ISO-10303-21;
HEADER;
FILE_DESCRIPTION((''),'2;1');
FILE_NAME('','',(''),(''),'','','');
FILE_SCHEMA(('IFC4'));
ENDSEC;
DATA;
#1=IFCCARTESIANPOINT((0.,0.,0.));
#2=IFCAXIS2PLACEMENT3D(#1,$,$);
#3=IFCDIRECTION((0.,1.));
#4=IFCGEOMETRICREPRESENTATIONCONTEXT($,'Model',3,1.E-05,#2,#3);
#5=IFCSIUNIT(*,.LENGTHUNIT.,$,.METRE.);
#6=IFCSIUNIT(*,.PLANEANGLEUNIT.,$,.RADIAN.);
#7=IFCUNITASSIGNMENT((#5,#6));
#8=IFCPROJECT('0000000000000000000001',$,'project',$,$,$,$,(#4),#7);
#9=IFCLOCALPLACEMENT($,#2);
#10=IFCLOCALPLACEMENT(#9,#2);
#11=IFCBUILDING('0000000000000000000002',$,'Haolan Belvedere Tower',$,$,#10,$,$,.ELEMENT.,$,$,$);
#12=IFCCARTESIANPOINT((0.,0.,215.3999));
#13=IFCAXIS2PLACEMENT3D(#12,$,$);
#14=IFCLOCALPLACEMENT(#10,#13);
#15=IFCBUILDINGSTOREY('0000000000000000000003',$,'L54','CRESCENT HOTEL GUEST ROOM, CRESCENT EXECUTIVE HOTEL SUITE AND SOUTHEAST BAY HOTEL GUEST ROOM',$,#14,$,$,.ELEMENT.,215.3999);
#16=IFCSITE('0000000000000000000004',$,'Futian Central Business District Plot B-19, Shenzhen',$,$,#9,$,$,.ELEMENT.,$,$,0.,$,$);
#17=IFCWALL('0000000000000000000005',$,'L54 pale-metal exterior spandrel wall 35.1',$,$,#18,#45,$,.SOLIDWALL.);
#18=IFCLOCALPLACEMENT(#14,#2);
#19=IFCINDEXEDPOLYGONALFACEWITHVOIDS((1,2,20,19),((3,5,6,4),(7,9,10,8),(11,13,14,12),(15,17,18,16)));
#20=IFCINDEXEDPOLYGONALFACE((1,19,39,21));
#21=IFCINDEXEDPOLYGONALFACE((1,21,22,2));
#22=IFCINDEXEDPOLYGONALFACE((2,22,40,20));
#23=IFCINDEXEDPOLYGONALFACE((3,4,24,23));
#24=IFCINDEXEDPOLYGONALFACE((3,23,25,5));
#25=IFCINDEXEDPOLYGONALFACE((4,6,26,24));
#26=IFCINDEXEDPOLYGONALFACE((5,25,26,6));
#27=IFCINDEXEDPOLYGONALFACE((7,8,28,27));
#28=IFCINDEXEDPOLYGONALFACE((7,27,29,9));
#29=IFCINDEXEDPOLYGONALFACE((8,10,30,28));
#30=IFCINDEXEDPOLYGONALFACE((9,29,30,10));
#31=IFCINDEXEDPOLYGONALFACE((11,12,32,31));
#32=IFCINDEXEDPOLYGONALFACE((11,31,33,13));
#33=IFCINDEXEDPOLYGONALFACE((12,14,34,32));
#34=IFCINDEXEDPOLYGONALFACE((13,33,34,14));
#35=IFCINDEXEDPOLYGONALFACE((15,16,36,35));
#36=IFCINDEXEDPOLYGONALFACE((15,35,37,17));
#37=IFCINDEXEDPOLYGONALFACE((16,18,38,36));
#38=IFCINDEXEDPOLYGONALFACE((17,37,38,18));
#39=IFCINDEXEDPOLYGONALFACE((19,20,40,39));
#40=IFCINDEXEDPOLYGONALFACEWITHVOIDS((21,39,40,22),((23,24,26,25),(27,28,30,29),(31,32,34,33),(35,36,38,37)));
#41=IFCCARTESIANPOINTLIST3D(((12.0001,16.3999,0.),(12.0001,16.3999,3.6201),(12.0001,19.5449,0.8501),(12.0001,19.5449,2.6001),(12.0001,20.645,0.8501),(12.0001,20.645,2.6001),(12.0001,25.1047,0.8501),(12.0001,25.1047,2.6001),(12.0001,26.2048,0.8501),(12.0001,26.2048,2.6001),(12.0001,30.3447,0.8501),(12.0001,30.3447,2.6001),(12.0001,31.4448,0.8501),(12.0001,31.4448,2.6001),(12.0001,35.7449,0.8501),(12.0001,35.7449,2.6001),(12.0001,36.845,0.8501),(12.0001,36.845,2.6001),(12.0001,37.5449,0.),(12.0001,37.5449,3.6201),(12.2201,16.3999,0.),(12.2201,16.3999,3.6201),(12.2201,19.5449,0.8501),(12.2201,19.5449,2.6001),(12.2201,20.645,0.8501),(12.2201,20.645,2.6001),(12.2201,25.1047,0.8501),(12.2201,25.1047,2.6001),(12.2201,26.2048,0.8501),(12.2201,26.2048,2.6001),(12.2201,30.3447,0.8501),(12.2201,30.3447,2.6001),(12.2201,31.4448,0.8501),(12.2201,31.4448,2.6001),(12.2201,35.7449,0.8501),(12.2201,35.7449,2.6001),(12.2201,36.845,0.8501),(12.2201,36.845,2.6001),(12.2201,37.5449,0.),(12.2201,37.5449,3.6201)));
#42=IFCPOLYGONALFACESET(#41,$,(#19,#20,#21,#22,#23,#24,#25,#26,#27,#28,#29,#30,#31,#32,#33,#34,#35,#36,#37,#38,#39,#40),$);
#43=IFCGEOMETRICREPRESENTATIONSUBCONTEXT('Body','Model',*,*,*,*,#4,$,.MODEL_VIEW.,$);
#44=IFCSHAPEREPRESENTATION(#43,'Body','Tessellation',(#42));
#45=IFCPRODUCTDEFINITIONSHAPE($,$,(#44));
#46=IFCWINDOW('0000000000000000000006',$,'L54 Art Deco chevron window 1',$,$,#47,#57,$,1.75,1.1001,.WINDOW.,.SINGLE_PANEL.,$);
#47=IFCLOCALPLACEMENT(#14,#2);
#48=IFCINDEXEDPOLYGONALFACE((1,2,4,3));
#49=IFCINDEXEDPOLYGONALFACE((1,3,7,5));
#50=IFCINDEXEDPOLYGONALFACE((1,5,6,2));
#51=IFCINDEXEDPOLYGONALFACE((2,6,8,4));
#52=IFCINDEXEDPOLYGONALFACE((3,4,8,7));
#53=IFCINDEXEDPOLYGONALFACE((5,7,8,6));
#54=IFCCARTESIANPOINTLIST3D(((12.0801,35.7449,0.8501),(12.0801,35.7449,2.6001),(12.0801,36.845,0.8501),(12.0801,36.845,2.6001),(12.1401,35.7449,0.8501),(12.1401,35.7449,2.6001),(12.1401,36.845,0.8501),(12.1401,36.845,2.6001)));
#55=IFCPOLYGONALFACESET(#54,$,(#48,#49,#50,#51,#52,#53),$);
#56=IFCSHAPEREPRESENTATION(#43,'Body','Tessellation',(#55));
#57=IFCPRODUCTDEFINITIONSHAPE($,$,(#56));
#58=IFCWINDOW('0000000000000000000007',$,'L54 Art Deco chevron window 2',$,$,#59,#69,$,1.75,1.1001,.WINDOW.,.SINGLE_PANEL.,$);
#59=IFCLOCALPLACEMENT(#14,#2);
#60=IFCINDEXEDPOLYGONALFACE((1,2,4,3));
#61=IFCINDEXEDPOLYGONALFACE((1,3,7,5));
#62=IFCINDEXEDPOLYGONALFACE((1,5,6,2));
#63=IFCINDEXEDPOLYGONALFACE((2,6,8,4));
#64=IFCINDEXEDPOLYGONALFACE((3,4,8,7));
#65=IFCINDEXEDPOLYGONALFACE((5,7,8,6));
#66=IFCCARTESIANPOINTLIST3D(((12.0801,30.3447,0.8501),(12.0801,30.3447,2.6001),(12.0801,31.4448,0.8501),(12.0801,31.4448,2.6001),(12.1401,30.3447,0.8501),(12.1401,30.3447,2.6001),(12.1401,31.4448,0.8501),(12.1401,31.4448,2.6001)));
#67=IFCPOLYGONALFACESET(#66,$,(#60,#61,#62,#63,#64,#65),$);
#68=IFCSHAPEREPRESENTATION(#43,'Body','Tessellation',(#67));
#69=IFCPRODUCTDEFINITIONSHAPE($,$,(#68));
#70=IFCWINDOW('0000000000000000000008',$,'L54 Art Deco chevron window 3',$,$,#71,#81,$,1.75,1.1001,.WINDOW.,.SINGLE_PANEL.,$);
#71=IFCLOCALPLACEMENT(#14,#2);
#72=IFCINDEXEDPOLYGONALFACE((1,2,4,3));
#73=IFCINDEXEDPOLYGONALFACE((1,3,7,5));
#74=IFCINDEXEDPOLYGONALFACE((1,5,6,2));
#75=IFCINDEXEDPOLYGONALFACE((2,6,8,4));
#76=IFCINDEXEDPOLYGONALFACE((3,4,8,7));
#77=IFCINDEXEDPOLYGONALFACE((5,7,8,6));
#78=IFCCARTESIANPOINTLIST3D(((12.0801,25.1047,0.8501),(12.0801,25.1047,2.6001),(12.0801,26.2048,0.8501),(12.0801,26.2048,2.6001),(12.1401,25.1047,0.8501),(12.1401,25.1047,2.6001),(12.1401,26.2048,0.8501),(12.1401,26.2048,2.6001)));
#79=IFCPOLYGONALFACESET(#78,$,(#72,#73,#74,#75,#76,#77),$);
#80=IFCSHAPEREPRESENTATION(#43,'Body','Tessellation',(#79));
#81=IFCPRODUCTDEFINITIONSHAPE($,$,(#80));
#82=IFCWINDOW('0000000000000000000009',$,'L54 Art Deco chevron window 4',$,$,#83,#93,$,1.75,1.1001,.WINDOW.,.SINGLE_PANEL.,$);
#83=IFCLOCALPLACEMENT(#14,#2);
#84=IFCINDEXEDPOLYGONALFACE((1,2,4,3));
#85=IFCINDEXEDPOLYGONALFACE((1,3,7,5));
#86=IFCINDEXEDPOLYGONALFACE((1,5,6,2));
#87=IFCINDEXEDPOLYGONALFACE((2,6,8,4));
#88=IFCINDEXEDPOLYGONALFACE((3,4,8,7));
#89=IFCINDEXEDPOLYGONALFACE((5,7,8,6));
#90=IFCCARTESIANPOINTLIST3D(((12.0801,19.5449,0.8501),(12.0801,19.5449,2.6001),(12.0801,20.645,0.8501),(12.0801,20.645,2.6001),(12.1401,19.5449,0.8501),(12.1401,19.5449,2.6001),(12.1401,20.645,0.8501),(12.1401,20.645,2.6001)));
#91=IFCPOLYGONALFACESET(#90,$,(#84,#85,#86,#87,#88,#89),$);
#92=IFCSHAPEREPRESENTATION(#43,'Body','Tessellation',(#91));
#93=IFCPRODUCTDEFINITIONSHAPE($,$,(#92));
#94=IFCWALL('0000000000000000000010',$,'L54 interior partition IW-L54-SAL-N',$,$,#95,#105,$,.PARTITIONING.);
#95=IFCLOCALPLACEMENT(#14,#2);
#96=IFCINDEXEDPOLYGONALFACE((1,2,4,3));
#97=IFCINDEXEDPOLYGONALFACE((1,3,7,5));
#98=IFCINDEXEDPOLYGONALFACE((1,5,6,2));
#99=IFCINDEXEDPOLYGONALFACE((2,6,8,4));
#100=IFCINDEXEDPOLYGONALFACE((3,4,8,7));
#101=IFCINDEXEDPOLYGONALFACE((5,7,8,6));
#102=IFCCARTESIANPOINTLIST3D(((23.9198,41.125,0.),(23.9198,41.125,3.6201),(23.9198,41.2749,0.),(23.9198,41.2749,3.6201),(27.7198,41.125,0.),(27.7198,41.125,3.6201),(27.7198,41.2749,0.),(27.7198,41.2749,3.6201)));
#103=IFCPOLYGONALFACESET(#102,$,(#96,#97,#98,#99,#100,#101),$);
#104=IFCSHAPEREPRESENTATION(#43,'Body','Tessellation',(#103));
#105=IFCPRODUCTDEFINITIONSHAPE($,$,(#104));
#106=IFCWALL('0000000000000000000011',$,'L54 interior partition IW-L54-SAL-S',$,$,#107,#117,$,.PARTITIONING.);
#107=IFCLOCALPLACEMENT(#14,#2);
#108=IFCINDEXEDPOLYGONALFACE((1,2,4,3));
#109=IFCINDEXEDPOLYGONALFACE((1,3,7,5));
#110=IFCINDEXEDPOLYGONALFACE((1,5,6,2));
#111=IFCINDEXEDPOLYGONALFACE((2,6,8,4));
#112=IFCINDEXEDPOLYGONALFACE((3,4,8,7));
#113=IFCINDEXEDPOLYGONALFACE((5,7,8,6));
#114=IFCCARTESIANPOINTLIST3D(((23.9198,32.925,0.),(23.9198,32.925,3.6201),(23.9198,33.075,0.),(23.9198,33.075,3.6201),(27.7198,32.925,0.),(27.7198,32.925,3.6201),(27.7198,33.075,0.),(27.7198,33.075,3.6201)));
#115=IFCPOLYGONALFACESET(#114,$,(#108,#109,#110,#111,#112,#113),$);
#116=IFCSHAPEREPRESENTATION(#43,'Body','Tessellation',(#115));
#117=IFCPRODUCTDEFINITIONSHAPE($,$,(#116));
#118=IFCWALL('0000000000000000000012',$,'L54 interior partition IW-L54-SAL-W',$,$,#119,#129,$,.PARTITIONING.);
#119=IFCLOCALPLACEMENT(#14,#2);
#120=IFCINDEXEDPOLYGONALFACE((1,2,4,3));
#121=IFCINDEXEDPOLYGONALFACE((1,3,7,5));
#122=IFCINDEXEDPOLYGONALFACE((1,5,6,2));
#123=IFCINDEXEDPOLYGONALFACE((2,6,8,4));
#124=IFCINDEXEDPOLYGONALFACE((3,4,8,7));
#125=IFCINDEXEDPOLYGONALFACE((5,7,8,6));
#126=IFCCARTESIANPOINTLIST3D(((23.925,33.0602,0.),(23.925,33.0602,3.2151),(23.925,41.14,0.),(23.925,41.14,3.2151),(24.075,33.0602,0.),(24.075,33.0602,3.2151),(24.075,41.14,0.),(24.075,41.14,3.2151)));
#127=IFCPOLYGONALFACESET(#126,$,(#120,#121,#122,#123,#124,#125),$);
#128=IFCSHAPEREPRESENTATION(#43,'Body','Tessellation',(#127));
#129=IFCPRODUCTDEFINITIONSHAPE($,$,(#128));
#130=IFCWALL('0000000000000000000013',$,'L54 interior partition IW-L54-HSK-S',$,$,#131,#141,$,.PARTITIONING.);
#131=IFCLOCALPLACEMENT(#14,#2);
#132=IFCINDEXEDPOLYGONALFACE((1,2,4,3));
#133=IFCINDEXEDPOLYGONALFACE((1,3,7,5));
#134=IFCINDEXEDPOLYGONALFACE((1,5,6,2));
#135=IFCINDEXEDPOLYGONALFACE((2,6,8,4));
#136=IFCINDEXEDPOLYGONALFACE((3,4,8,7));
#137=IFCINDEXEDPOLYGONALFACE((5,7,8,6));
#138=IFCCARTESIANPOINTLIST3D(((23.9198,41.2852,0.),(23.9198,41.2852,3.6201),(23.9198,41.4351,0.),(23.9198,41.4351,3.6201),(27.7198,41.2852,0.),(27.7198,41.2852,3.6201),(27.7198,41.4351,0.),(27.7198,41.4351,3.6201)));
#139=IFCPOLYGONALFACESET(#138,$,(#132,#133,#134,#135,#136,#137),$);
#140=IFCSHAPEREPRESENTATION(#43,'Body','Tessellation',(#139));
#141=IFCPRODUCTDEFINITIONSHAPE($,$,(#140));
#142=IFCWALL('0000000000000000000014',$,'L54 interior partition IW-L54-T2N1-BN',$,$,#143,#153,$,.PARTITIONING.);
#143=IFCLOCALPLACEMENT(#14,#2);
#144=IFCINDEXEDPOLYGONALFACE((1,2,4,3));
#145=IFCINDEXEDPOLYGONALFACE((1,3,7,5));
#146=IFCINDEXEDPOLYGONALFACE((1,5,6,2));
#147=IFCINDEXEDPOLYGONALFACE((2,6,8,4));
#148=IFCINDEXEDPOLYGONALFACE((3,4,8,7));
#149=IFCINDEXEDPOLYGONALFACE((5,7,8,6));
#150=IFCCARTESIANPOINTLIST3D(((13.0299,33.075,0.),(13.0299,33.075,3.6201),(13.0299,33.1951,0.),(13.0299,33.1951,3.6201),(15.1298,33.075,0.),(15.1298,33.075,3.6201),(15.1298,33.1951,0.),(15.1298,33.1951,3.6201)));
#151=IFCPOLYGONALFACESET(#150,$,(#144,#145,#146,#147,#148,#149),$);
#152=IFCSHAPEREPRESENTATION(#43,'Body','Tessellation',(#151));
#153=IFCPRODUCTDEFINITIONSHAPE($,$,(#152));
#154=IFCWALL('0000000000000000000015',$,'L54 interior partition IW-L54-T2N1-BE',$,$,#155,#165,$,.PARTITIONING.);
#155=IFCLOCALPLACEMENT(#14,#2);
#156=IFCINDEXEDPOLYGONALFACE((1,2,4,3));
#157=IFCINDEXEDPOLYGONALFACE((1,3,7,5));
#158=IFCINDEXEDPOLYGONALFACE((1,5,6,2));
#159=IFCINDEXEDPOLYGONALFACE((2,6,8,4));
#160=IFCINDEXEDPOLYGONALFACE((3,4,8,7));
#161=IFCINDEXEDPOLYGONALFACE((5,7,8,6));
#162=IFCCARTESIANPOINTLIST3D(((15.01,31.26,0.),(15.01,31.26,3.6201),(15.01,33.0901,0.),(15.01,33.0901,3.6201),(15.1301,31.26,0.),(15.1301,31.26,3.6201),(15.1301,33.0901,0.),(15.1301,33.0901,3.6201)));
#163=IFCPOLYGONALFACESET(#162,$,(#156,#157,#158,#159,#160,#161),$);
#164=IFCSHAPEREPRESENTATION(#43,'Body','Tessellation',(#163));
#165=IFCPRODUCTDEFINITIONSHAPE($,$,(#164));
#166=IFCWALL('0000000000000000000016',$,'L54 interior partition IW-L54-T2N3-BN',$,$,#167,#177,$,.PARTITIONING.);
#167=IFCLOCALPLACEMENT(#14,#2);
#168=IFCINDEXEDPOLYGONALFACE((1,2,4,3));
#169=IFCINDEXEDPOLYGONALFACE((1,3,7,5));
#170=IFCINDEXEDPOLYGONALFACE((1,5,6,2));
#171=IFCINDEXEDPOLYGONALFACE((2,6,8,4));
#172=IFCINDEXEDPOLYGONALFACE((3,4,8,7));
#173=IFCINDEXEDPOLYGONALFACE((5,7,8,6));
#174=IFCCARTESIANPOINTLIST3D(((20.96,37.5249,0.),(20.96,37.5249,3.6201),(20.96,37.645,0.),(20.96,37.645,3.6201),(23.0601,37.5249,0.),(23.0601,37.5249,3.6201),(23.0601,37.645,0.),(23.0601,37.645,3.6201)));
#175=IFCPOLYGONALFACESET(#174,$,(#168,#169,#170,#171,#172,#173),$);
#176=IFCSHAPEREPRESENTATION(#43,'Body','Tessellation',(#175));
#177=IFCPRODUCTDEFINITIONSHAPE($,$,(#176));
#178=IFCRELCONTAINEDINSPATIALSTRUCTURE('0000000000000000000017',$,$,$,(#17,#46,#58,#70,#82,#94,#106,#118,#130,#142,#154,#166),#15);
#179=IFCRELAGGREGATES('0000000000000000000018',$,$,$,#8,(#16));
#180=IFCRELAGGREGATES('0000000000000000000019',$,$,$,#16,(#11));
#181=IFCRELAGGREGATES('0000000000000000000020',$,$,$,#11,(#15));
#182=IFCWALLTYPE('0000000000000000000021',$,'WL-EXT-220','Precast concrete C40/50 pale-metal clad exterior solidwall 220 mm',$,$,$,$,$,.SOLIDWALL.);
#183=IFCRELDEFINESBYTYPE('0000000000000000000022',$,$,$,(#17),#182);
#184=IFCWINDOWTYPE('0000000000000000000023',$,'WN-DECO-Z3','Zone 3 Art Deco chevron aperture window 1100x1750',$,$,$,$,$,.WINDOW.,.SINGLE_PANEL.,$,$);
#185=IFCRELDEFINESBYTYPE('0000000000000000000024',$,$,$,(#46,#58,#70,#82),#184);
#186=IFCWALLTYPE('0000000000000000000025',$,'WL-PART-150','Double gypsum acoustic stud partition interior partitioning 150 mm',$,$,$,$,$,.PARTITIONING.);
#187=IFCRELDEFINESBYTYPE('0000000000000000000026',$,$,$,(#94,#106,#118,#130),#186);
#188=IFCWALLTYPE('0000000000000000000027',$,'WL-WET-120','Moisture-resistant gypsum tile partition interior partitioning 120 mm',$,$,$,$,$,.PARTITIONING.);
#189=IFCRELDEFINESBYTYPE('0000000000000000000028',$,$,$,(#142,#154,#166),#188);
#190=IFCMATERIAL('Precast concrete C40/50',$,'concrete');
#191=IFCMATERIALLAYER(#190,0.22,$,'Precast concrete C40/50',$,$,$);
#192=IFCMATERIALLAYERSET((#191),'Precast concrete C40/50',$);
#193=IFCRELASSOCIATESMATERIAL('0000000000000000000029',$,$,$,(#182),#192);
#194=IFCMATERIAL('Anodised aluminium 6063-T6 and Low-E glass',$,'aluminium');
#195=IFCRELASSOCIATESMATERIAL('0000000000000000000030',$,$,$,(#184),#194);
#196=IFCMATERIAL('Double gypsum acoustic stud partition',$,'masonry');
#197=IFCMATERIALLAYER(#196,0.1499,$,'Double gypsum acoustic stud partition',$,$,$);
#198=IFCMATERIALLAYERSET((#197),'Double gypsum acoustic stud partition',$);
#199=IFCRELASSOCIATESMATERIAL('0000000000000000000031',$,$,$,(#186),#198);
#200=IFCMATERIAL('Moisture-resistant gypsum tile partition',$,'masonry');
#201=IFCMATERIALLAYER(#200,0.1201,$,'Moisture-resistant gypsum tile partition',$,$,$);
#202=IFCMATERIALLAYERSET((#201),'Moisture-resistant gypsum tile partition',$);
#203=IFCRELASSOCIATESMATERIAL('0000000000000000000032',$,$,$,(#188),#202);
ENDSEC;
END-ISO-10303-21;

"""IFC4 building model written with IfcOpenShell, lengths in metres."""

from ifc_helpers import new_model, si_unit, direction, frame, frame_2d, origin, place, context, subcontext, project, spatial, rectangle, extrude, material, layer, layer_set, type_object, element, fill, save


model = new_model("IFC4")

# Units and contexts
model_context = context("Model", 3, precision=1e-05, world=origin(), true_north=direction((0.0, 1.0)))
body_context = subcontext(model_context, "Body", "Model", "MODEL_VIEW")
ifc_project = project(units=[si_unit("LENGTHUNIT", "METRE"), si_unit("PLANEANGLEUNIT", "RADIAN")], contexts=[model_context])

# Site, building, storey
site_placement = place(None, origin())
site = spatial("IfcSite", under=ifc_project, at=site_placement, Name="Futian Central Business District Plot B-19, Shenzhen", CompositionType="ELEMENT", RefElevation=0.0)
building_placement = place(site_placement, origin())
building = spatial("IfcBuilding", under=site, at=building_placement, Name="Haolan Belvedere Tower", CompositionType="ELEMENT")
storey_placement = place(building_placement, frame((0.0, 0.0, 215.3999)))
storey = spatial("IfcBuildingStorey", under=building, at=storey_placement, Name="L54", Description="CRESCENT HOTEL GUEST ROOM, CRESCENT EXECUTIVE HOTEL SUITE AND SOUTHEAST BAY HOTEL GUEST ROOM", CompositionType="ELEMENT", Elevation=215.3999)

# Shared definitions
ifc_material_1 = material(Name="Precast concrete C40/50", Category="concrete")
ifc_layer_1 = layer(ifc_material_1, 0.22, Name="Precast concrete C40/50")
ifc_layer_set_1 = layer_set([ifc_layer_1], Name="Precast concrete C40/50")
wall_type_1 = type_object("IfcWallType", Name="WL-EXT-220", Description="Precast concrete C40/50 pale-metal clad exterior solidwall 220 mm", PredefinedType="SOLIDWALL", material=ifc_layer_set_1)

# Shared definitions
ifc_material_2 = material(Name="Anodised aluminium 6063-T6 and Low-E glass", Category="aluminium")
window_type = type_object("IfcWindowType", Name="WN-DECO-Z3", Description="Zone 3 Art Deco chevron aperture window 1100x1750", PartitioningType="SINGLE_PANEL", PredefinedType="WINDOW", material=ifc_material_2)

# Wall, openings, windows
wall_1_placement = place(storey_placement, frame((12.1101, 37.5449, 0.0), z_axis=(0.0, 0.0, 1.0), x_axis=(0.0, -1.0, 0.0)))
wall_1 = element("IfcWall", 1, at=wall_1_placement, inside=storey, type_object=wall_type_1, Name="L54 pale-metal exterior spandrel wall 35.1", PredefinedType="SOLIDWALL", context=body_context, shape_type="SweptSolid", body=[
    extrude(rectangle(XDim=21.145, YDim=0.22, at=frame_2d((10.5725, 0.0))), origin(), (0.0, 0.0, 1.0), 3.6201),
])
opening_1_placement = place(wall_1_placement, frame((0.7, 0.0, 0.8501)))
opening_1 = element("IfcOpeningElement", 2, at=opening_1_placement, cuts=wall_1, PredefinedType="OPENING", context=body_context, shape_type="SweptSolid", body=[
    extrude(rectangle(XDim=1.1001, YDim=1.75, at=frame_2d((0.55, 0.875))), frame((0.0, 0.1199, 0.0), z_axis=(0.0, -1.0, 0.0), x_axis=(1.0, 0.0, 0.0)), (0.0, 0.0, 1.0), 0.24),
])
opening_2_placement = place(wall_1_placement, frame((6.1001, 0.0, 0.8501)))
opening_2 = element("IfcOpeningElement", 3, at=opening_2_placement, cuts=wall_1, PredefinedType="OPENING", context=body_context, shape_type="SweptSolid", body=[
    extrude(rectangle(XDim=1.1001, YDim=1.75, at=frame_2d((0.55, 0.875))), frame((0.0, 0.1199, 0.0), z_axis=(0.0, -1.0, 0.0), x_axis=(1.0, 0.0, 0.0)), (0.0, 0.0, 1.0), 0.24),
])
opening_3_placement = place(wall_1_placement, frame((11.3401, 0.0, 0.8501)))
opening_3 = element("IfcOpeningElement", 4, at=opening_3_placement, cuts=wall_1, PredefinedType="OPENING", context=body_context, shape_type="SweptSolid", body=[
    extrude(rectangle(XDim=1.1001, YDim=1.75, at=frame_2d((0.55, 0.875))), frame((0.0, 0.1199, 0.0), z_axis=(0.0, -1.0, 0.0), x_axis=(1.0, 0.0, 0.0)), (0.0, 0.0, 1.0), 0.24),
])
opening_4_placement = place(wall_1_placement, frame((16.8999, 0.0, 0.8501)))
opening_4 = element("IfcOpeningElement", 5, at=opening_4_placement, cuts=wall_1, PredefinedType="OPENING", context=body_context, shape_type="SweptSolid", body=[
    extrude(rectangle(XDim=1.1001, YDim=1.75, at=frame_2d((0.55, 0.875))), frame((0.0, 0.1199, 0.0), z_axis=(0.0, -1.0, 0.0), x_axis=(1.0, 0.0, 0.0)), (0.0, 0.0, 1.0), 0.24),
])
window_1_placement = place(opening_1_placement, origin())
window_1 = element("IfcWindow", 6, at=window_1_placement, inside=storey, type_object=window_type, Name="L54 Art Deco chevron window 1", OverallHeight=1.75, OverallWidth=1.1001, PartitioningType="SINGLE_PANEL", PredefinedType="WINDOW", context=body_context, shape_type="SweptSolid", body=[
    extrude(rectangle(XDim=1.1001, YDim=1.75, at=frame_2d((0.55, 0.875))), frame((0.0, 0.03, 0.0), z_axis=(0.0, -1.0, 0.0), x_axis=(1.0, 0.0, 0.0)), (0.0, 0.0, 1.0), 0.0601),
])
fill(opening_1, window_1)
window_2_placement = place(opening_2_placement, origin())
window_2 = element("IfcWindow", 7, at=window_2_placement, inside=storey, type_object=window_type, Name="L54 Art Deco chevron window 2", OverallHeight=1.75, OverallWidth=1.1001, PartitioningType="SINGLE_PANEL", PredefinedType="WINDOW", context=body_context, shape_type="SweptSolid", body=[
    extrude(rectangle(XDim=1.1001, YDim=1.75, at=frame_2d((0.55, 0.875))), frame((0.0, 0.03, 0.0), z_axis=(0.0, -1.0, 0.0), x_axis=(1.0, 0.0, 0.0)), (0.0, 0.0, 1.0), 0.0601),
])
fill(opening_2, window_2)
window_3_placement = place(opening_3_placement, origin())
window_3 = element("IfcWindow", 8, at=window_3_placement, inside=storey, type_object=window_type, Name="L54 Art Deco chevron window 3", OverallHeight=1.75, OverallWidth=1.1001, PartitioningType="SINGLE_PANEL", PredefinedType="WINDOW", context=body_context, shape_type="SweptSolid", body=[
    extrude(rectangle(XDim=1.1001, YDim=1.75, at=frame_2d((0.55, 0.875))), frame((0.0, 0.03, 0.0), z_axis=(0.0, -1.0, 0.0), x_axis=(1.0, 0.0, 0.0)), (0.0, 0.0, 1.0), 0.0601),
])
fill(opening_3, window_3)
window_4_placement = place(opening_4_placement, origin())
window_4 = element("IfcWindow", 9, at=window_4_placement, inside=storey, type_object=window_type, Name="L54 Art Deco chevron window 4", OverallHeight=1.75, OverallWidth=1.1001, PartitioningType="SINGLE_PANEL", PredefinedType="WINDOW", context=body_context, shape_type="SweptSolid", body=[
    extrude(rectangle(XDim=1.1001, YDim=1.75, at=frame_2d((0.55, 0.875))), frame((0.0, 0.03, 0.0), z_axis=(0.0, -1.0, 0.0), x_axis=(1.0, 0.0, 0.0)), (0.0, 0.0, 1.0), 0.0601),
])
fill(opening_4, window_4)

# Walls
ifc_material_3 = material(Name="Double gypsum acoustic stud partition", Category="masonry")
ifc_layer_2 = layer(ifc_material_3, 0.1499, Name="Double gypsum acoustic stud partition")
ifc_layer_set_2 = layer_set([ifc_layer_2], Name="Double gypsum acoustic stud partition")
wall_type_2 = type_object("IfcWallType", Name="WL-PART-150", Description="Double gypsum acoustic stud partition interior partitioning 150 mm", PredefinedType="PARTITIONING", material=ifc_layer_set_2)
for number, where, z_axis, x_axis, name in (
    (10, (23.9199, 41.2, 0.0), (0.0, 0.0, 1.0), (1.0, 0.0, 0.0), "L54 interior partition IW-L54-SAL-N"),
    (11, (23.9199, 33.0, 0.0), (0.0, 0.0, 1.0), (1.0, 0.0, 0.0), "L54 interior partition IW-L54-SAL-S"),
):
    element("IfcWall", number, at=place(storey_placement, frame(where, z_axis=z_axis, x_axis=x_axis)), inside=storey, type_object=wall_type_2, Name=name, PredefinedType="PARTITIONING", context=body_context, shape_type="SweptSolid", body=[
        extrude(rectangle(XDim=3.8, YDim=0.1499, at=frame_2d((1.8999, 0.0))), origin(), (0.0, 0.0, 1.0), 3.6201),
    ])
wall_2_placement = place(storey_placement, frame((24.0, 33.0601, 0.0), z_axis=(0.0, 0.0, 1.0), x_axis=(0.0, 1.0, 0.0)))
element("IfcWall", 12, at=wall_2_placement, inside=storey, type_object=wall_type_2, Name="L54 interior partition IW-L54-SAL-W", PredefinedType="PARTITIONING", context=body_context, shape_type="SweptSolid", body=[
    extrude(rectangle(XDim=8.0798, YDim=0.1499, at=frame_2d((4.04, 0.0))), origin(), (0.0, 0.0, 1.0), 3.2151),
])
wall_3_placement = place(storey_placement, frame((23.9199, 41.3601, 0.0), z_axis=(0.0, 0.0, 1.0), x_axis=(1.0, 0.0, 0.0)))
element("IfcWall", 13, at=wall_3_placement, inside=storey, type_object=wall_type_2, Name="L54 interior partition IW-L54-HSK-S", PredefinedType="PARTITIONING", context=body_context, shape_type="SweptSolid", body=[
    extrude(rectangle(XDim=3.8, YDim=0.1499, at=frame_2d((1.8999, 0.0))), origin(), (0.0, 0.0, 1.0), 3.6201),
])
ifc_material_4 = material(Name="Moisture-resistant gypsum tile partition", Category="masonry")
ifc_layer_3 = layer(ifc_material_4, 0.1201, Name="Moisture-resistant gypsum tile partition")
ifc_layer_set_3 = layer_set([ifc_layer_3], Name="Moisture-resistant gypsum tile partition")
wall_type_3 = type_object("IfcWallType", Name="WL-WET-120", Description="Moisture-resistant gypsum tile partition interior partitioning 120 mm", PredefinedType="PARTITIONING", material=ifc_layer_set_3)
wall_4_placement = place(storey_placement, frame((13.03, 33.135, 0.0), z_axis=(0.0, 0.0, 1.0), x_axis=(1.0, 0.0, 0.0)))
element("IfcWall", 14, at=wall_4_placement, inside=storey, type_object=wall_type_3, Name="L54 interior partition IW-L54-T2N1-BN", PredefinedType="PARTITIONING", context=body_context, shape_type="SweptSolid", body=[
    extrude(rectangle(XDim=2.0999, YDim=0.1201, at=frame_2d((1.0498, 0.0))), origin(), (0.0, 0.0, 1.0), 3.6201),
])
wall_5_placement = place(storey_placement, frame((15.0701, 31.26, 0.0), z_axis=(0.0, 0.0, 1.0), x_axis=(0.0, 1.0, 0.0)))
element("IfcWall", 15, at=wall_5_placement, inside=storey, type_object=wall_type_3, Name="L54 interior partition IW-L54-T2N1-BE", PredefinedType="PARTITIONING", context=body_context, shape_type="SweptSolid", body=[
    extrude(rectangle(XDim=1.8301, YDim=0.1201, at=frame_2d((0.915, 0.0))), origin(), (0.0, 0.0, 1.0), 3.6201),
])
wall_6_placement = place(storey_placement, frame((20.96, 37.585, 0.0), z_axis=(0.0, 0.0, 1.0), x_axis=(1.0, 0.0, 0.0)))
element("IfcWall", 16, at=wall_6_placement, inside=storey, type_object=wall_type_3, Name="L54 interior partition IW-L54-T2N3-BN", PredefinedType="PARTITIONING", context=body_context, shape_type="SweptSolid", body=[
    extrude(rectangle(XDim=2.1001, YDim=0.1201, at=frame_2d((1.05, 0.0))), origin(), (0.0, 0.0, 1.0), 3.6201),
])

save(model, "model.ifc")
